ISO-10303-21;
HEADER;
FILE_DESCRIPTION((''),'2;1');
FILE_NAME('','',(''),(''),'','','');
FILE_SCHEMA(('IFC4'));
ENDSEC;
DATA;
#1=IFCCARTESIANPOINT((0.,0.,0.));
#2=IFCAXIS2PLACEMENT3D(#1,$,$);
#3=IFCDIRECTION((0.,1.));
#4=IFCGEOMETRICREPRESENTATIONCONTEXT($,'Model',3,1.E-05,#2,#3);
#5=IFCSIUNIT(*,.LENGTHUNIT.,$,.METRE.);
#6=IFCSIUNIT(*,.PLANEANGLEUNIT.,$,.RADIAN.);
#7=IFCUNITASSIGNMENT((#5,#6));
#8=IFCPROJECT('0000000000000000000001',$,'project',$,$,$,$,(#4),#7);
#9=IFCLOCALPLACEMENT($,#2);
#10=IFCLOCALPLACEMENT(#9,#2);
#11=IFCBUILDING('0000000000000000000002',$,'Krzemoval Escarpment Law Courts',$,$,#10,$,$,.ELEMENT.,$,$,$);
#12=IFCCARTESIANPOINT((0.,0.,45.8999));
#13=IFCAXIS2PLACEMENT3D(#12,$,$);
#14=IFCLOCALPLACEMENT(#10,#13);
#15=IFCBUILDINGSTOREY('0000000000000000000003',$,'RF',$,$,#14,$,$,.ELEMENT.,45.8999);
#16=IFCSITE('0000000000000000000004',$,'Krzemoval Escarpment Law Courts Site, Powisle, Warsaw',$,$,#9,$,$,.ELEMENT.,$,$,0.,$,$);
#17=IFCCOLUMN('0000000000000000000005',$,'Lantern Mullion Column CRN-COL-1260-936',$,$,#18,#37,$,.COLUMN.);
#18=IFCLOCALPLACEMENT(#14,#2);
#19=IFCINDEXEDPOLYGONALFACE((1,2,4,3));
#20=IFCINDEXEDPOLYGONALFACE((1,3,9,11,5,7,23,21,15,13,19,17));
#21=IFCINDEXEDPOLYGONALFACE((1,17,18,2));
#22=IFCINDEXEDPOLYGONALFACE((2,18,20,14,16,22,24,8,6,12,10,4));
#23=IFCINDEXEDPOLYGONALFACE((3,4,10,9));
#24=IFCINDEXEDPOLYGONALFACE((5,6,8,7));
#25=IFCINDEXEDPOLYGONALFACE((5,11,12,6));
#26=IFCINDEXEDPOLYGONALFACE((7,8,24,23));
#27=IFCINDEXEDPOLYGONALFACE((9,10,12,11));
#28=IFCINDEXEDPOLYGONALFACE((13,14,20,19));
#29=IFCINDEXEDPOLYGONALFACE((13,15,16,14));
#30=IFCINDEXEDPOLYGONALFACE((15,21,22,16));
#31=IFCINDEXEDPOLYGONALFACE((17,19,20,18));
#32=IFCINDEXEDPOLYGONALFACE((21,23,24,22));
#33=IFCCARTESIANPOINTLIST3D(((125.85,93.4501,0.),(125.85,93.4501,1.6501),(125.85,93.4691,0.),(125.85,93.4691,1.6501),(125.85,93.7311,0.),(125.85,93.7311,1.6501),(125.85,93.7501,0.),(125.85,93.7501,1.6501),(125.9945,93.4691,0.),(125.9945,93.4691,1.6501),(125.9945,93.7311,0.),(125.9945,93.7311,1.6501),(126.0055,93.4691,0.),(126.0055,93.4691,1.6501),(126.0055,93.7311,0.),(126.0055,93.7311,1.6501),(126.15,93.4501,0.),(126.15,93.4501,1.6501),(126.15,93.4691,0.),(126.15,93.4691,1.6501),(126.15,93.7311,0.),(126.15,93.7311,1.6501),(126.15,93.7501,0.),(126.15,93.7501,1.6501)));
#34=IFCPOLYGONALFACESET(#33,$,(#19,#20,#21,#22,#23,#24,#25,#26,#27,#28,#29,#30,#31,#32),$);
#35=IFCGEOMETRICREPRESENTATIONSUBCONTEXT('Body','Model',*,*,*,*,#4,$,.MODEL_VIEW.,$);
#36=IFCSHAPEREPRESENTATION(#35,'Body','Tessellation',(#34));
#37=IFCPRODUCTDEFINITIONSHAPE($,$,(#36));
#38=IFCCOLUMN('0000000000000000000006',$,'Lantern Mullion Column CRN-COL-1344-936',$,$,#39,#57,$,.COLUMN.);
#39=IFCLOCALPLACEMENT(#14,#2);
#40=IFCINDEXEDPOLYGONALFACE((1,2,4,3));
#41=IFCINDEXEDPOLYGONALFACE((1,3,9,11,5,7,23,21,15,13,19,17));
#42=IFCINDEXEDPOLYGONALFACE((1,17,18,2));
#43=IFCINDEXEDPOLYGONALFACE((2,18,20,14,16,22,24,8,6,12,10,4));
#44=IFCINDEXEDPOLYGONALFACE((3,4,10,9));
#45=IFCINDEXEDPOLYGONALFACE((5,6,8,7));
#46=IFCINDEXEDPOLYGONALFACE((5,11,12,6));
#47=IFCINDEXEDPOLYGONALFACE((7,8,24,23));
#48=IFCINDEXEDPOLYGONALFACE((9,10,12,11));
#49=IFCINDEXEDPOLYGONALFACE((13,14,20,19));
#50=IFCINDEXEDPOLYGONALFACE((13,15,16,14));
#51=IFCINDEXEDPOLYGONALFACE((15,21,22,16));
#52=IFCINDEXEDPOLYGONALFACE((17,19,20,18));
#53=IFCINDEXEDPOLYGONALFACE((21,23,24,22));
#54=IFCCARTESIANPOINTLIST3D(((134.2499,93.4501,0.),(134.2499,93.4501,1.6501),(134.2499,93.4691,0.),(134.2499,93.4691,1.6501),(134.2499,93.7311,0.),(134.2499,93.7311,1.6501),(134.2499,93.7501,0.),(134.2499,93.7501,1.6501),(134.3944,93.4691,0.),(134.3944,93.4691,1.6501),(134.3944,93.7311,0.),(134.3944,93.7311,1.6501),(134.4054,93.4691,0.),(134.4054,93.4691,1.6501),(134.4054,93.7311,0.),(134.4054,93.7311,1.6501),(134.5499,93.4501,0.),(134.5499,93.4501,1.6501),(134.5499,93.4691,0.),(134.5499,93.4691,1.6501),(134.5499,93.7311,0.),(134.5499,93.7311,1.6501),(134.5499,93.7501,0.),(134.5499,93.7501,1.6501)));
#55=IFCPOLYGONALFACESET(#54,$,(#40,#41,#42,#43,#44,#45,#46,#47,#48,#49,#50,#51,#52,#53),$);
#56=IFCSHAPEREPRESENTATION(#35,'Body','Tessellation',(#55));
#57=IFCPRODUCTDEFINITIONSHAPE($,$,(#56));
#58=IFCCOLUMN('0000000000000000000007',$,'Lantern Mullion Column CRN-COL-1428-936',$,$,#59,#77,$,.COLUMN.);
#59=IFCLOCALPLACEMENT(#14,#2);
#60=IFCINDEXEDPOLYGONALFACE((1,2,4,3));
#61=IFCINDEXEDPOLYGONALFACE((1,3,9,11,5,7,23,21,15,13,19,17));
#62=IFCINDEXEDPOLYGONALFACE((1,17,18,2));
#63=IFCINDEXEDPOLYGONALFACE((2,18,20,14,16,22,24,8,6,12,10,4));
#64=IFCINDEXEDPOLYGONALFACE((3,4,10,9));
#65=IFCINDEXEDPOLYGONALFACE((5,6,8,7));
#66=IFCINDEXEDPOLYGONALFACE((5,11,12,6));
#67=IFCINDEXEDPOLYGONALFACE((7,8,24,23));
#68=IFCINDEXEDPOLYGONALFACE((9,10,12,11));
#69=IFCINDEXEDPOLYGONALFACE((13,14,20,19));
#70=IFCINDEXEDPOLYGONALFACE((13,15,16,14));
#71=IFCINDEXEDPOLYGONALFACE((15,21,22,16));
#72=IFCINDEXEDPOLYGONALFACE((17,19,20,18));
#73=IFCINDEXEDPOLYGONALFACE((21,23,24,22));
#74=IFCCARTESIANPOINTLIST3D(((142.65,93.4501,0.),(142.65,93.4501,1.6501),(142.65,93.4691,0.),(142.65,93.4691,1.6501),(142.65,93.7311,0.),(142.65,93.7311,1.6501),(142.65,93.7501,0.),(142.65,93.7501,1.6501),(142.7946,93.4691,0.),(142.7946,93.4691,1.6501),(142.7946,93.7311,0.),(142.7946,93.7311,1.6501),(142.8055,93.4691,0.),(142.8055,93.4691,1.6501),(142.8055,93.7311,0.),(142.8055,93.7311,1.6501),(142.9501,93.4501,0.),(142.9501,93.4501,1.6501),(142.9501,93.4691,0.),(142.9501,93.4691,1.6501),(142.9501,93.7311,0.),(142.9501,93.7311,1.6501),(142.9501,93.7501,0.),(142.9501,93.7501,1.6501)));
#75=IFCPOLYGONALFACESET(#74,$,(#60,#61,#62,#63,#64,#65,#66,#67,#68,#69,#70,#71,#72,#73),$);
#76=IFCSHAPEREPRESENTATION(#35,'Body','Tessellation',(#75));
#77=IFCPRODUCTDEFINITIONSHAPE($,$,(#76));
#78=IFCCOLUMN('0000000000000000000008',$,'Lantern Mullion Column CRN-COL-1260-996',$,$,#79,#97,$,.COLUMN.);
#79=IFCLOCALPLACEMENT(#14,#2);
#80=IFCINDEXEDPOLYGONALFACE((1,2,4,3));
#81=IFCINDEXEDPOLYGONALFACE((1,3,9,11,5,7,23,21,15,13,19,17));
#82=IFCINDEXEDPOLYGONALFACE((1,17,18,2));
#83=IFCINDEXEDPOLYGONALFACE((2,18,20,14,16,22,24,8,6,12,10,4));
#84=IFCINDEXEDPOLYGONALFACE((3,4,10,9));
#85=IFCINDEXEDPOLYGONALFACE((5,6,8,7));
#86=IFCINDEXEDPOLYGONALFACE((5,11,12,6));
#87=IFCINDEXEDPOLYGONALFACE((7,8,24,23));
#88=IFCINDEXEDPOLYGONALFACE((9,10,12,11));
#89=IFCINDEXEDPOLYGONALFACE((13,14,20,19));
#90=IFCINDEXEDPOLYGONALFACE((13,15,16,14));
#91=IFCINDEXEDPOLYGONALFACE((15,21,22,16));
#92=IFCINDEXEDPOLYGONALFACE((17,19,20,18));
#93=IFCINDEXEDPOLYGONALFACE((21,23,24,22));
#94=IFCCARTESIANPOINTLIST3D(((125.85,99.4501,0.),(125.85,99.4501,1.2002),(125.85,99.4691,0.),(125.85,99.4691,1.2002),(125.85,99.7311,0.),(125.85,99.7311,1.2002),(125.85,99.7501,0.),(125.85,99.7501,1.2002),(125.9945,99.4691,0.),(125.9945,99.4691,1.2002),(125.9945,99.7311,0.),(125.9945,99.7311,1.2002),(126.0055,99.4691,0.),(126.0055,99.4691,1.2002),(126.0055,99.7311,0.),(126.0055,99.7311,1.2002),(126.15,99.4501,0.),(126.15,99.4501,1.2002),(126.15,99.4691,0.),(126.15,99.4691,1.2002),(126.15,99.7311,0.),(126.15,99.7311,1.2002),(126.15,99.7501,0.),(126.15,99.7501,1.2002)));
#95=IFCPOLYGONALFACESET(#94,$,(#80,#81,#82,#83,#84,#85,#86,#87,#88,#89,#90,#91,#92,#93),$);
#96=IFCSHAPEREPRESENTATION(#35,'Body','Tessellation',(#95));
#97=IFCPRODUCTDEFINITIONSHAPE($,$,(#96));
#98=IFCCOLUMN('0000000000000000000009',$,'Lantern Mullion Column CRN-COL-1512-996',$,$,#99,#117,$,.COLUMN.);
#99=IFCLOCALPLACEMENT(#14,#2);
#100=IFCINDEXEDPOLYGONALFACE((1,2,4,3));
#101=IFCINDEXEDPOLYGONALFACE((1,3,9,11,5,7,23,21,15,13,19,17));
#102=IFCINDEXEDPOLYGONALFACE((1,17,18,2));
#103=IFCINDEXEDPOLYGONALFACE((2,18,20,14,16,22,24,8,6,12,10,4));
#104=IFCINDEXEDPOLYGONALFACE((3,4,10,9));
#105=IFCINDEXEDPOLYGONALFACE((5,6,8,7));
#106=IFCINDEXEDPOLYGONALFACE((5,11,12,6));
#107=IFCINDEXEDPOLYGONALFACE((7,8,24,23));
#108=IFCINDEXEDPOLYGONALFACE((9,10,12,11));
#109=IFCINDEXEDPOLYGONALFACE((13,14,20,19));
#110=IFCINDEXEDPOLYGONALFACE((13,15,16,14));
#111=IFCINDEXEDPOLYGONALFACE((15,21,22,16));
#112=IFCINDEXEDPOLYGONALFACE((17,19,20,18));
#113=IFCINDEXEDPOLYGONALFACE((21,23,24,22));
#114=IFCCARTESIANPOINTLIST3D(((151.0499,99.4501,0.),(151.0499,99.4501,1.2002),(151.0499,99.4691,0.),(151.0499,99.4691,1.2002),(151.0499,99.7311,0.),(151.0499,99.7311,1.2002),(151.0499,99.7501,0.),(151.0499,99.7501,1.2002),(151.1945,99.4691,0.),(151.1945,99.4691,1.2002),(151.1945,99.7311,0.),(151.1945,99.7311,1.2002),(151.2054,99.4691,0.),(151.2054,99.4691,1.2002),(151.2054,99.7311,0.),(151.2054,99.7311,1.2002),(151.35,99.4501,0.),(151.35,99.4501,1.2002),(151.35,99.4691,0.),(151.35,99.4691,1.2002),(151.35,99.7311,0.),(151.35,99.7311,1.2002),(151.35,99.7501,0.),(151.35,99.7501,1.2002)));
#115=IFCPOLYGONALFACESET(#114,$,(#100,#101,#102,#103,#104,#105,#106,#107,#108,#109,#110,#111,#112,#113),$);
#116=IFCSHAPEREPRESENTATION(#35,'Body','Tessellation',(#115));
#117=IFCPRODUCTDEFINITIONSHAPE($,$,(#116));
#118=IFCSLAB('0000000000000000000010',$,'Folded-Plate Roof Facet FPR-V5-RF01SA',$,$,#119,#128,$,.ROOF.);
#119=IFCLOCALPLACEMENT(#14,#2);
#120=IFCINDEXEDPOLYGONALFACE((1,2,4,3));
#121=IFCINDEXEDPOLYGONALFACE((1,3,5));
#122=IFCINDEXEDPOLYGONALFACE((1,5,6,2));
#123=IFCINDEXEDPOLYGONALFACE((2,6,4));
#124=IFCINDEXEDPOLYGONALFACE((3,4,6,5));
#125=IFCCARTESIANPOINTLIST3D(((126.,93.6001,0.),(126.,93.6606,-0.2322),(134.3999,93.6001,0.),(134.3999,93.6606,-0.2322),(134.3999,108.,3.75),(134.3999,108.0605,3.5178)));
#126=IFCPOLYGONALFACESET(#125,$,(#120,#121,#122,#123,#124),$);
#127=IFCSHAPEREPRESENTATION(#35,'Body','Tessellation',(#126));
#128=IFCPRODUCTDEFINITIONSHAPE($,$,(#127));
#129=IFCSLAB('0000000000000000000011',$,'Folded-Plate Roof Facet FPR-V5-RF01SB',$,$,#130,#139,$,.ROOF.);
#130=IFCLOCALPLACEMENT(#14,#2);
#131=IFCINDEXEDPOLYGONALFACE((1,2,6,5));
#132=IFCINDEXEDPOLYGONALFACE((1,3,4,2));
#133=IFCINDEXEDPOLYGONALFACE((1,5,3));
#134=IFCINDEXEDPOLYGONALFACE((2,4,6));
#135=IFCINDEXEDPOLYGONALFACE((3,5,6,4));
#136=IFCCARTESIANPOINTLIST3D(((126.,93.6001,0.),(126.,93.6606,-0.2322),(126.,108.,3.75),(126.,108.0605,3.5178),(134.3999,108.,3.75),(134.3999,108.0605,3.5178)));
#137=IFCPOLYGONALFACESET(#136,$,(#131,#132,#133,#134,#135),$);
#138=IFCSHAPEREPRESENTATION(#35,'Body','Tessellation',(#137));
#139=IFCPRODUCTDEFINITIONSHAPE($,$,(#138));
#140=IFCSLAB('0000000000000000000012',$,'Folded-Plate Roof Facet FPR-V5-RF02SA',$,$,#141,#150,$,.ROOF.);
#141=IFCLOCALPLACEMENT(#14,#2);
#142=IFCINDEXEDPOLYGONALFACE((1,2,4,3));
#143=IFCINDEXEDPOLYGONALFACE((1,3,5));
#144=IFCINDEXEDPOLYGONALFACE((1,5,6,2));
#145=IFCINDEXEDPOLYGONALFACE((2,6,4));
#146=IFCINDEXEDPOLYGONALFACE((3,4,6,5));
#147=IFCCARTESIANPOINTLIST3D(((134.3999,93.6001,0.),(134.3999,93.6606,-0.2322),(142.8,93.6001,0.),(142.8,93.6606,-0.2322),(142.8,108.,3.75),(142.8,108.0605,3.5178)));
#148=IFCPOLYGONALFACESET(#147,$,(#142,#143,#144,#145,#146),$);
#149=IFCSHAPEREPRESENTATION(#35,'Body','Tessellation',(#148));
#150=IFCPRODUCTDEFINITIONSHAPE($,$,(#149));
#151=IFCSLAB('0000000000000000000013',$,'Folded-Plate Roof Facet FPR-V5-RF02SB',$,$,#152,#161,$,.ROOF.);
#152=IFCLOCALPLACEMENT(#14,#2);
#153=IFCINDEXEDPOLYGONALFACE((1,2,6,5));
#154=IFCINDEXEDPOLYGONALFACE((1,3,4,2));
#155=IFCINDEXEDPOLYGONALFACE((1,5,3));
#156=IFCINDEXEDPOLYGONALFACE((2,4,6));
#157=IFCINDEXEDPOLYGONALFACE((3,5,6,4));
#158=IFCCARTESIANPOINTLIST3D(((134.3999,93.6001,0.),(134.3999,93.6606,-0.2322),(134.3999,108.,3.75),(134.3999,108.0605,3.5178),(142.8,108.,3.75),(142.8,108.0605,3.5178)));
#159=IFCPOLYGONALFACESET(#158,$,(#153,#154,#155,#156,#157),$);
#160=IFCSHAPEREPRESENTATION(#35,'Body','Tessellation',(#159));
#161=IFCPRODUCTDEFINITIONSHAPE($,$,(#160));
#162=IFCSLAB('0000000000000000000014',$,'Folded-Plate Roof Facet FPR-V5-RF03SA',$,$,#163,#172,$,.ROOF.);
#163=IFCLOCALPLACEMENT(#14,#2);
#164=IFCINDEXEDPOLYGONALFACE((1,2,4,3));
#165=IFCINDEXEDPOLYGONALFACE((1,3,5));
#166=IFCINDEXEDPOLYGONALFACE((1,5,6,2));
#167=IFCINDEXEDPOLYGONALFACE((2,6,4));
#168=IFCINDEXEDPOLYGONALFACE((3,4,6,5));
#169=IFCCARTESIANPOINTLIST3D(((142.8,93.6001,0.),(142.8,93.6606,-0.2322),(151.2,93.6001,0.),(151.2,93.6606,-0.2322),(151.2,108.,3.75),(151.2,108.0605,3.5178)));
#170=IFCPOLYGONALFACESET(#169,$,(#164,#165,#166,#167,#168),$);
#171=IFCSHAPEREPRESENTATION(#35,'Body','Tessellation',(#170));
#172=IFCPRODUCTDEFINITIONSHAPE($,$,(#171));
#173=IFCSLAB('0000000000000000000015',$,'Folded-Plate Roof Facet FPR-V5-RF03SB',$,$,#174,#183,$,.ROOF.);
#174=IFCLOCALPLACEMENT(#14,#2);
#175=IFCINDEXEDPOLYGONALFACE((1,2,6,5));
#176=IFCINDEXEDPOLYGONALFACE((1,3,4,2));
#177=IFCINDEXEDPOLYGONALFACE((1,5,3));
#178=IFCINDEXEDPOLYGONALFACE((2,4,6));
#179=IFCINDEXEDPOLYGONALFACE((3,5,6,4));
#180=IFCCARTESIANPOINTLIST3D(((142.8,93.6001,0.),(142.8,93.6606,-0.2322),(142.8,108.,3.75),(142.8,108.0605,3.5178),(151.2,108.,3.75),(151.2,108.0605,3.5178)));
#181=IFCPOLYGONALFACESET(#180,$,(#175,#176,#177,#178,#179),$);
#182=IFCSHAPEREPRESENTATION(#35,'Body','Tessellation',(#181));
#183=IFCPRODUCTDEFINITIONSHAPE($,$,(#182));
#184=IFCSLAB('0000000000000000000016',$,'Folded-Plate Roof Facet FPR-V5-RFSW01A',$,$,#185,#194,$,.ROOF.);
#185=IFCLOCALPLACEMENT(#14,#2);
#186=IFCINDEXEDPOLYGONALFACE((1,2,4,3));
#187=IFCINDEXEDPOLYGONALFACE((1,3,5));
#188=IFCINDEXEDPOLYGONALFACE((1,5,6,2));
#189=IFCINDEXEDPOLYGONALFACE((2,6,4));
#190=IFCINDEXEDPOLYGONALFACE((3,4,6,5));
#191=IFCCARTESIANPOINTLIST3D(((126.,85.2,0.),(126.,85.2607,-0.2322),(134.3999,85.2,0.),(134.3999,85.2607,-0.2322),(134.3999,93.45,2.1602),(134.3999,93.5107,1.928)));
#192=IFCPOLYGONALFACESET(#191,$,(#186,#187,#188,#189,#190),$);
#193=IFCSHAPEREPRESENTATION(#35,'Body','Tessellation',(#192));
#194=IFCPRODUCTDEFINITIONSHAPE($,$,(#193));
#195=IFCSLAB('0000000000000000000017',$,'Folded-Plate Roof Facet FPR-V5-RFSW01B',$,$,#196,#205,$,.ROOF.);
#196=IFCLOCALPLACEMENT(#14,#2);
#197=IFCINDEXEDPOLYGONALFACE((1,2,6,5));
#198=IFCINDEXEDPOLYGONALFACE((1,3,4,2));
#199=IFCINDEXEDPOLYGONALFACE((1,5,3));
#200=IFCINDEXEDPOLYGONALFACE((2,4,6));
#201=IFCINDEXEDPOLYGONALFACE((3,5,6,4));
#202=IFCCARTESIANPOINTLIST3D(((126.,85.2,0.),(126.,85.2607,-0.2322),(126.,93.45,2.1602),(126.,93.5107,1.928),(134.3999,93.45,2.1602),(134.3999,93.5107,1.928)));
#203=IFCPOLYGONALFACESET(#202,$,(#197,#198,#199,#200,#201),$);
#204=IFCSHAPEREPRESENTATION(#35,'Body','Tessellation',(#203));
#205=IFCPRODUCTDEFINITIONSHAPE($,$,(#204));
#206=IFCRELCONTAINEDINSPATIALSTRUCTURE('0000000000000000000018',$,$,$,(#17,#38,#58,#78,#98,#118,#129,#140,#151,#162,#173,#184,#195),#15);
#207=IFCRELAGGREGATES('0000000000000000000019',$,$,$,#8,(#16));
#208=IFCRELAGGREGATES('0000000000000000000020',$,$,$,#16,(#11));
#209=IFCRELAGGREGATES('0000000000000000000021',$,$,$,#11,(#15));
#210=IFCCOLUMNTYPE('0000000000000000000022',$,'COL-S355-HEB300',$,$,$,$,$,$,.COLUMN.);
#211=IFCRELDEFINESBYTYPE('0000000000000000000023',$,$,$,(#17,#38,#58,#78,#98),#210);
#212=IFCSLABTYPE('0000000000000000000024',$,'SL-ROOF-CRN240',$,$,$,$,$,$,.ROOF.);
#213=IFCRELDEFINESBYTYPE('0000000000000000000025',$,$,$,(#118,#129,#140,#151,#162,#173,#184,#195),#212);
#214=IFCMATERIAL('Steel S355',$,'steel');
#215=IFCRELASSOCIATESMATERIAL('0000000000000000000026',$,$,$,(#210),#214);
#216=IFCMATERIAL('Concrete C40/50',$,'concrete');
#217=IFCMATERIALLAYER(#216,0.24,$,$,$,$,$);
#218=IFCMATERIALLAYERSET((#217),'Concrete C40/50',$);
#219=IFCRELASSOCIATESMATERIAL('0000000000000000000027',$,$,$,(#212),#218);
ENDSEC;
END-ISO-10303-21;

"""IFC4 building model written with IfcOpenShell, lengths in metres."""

from ifc_helpers import new_model, si_unit, direction, frame, origin, origin_2d, place, context, subcontext, project, spatial, polyline, i_section, outline, extrude, material, layer, layer_set, material_profile, profile_set, type_object, element, save


model = new_model("IFC4")

# Units and contexts
model_context = context("Model", 3, precision=1e-05, world=origin(), true_north=direction((0.0, 1.0)))
body_context = subcontext(model_context, "Body", "Model", "MODEL_VIEW")
ifc_project = project(units=[si_unit("LENGTHUNIT", "METRE"), si_unit("PLANEANGLEUNIT", "RADIAN")], contexts=[model_context])

# Site, building, storey
site_placement = place(None, origin())
site = spatial("IfcSite", under=ifc_project, at=site_placement, Name="Krzemoval Escarpment Law Courts Site, Powisle, Warsaw", CompositionType="ELEMENT", RefElevation=0.0)
building_placement = place(site_placement, origin())
building = spatial("IfcBuilding", under=site, at=building_placement, Name="Krzemoval Escarpment Law Courts", CompositionType="ELEMENT")
storey_placement = place(building_placement, frame((0.0, 0.0, 45.8999)))
storey = spatial("IfcBuildingStorey", under=building, at=storey_placement, Name="RF", CompositionType="ELEMENT", Elevation=45.8999)

# Columns
ifc_material_1 = material(Name="Steel S355", Category="steel")
ifc_material_profile = material_profile(ifc_material_1, i_section(OverallWidth=0.3, OverallDepth=0.3, WebThickness=0.011, FlangeThickness=0.019, at=origin_2d()), Name="HEB 300")
ifc_profile_set = profile_set([ifc_material_profile], Name="Steel S355")
column_type = type_object("IfcColumnType", Name="COL-S355-HEB300", PredefinedType="COLUMN", material=ifc_profile_set)
for number, where, z_axis, x_axis, name in (
    (1, (126.0, 93.6001, 0.0), (0.0, 0.0, 1.0), (1.0, 0.0, 0.0), "Lantern Mullion Column CRN-COL-1260-936"),
    (2, (134.3999, 93.6001, 0.0), (0.0, 0.0, 1.0), (1.0, 0.0, 0.0), "Lantern Mullion Column CRN-COL-1344-936"),
    (3, (142.8, 93.6001, 0.0), (0.0, 0.0, 1.0), (1.0, 0.0, 0.0), "Lantern Mullion Column CRN-COL-1428-936"),
):
    element("IfcColumn", number, at=place(storey_placement, frame(where, z_axis=z_axis, x_axis=x_axis)), inside=storey, type_object=column_type, Name=name, PredefinedType="COLUMN", context=body_context, shape_type="SweptSolid", body=[
        extrude(i_section(OverallWidth=0.3, OverallDepth=0.3, WebThickness=0.011, FlangeThickness=0.019, at=origin_2d()), origin(), (0.0, 0.0, 1.0), 1.6501),
    ])
for number, where, z_axis, x_axis, name in (
    (4, (126.0, 99.6001, 0.0), (0.0, 0.0, 1.0), (1.0, 0.0, 0.0), "Lantern Mullion Column CRN-COL-1260-996"),
    (5, (151.2, 99.6001, 0.0), (0.0, 0.0, 1.0), (1.0, 0.0, 0.0), "Lantern Mullion Column CRN-COL-1512-996"),
):
    element("IfcColumn", number, at=place(storey_placement, frame(where, z_axis=z_axis, x_axis=x_axis)), inside=storey, type_object=column_type, Name=name, PredefinedType="COLUMN", context=body_context, shape_type="SweptSolid", body=[
        extrude(i_section(OverallWidth=0.3, OverallDepth=0.3, WebThickness=0.011, FlangeThickness=0.019, at=origin_2d()), origin(), (0.0, 0.0, 1.0), 1.2002),
    ])

# Slabs
ifc_material_2 = material(Name="Concrete C40/50", Category="concrete")
ifc_layer_1 = layer(ifc_material_2, 0.24)
ifc_layer_set_1 = layer_set([ifc_layer_1], Name="Concrete C40/50")
slab_type = type_object("IfcSlabType", Name="SL-ROOF-CRN240", PredefinedType="ROOF", material=ifc_layer_set_1)
slab_1_placement = place(storey_placement, frame((126.0, 93.6001, 0.0), z_axis=(0.0, -0.252013, 0.967724), x_axis=(1.0, 0.0, 0.0)))
element("IfcSlab", 6, at=slab_1_placement, inside=storey, type_object=slab_type, Name="Folded-Plate Roof Facet FPR-V5-RF01SA", PredefinedType="ROOF", context=body_context, shape_type="SweptSolid", body=[
    extrude(outline(polyline([(0.0, 0.0), (8.3999, 0.0), (8.3999, 14.8802), (0.0, 0.0)])), origin(), (0.0, 0.0, -1.0), 0.24),
])
slab_2_placement = place(storey_placement, frame((126.0, 93.6001, 0.0), z_axis=(0.0, -0.252013, 0.967724), x_axis=(0.491586, 0.842722, 0.21946)))
element("IfcSlab", 7, at=slab_2_placement, inside=storey, type_object=slab_type, Name="Folded-Plate Roof Facet FPR-V5-RF01SB", PredefinedType="ROOF", context=body_context, shape_type="SweptSolid", body=[
    extrude(outline(polyline([(0.0, 0.0), (17.0874, 0.0), (12.9581, 7.3149), (0.0, 0.0)])), origin(), (0.0, 0.0, -1.0), 0.24),
])
slab_3_placement = place(storey_placement, frame((134.3999, 93.6001, 0.0), z_axis=(0.0, -0.252013, 0.967724), x_axis=(1.0, 0.0, 0.0)))
element("IfcSlab", 8, at=slab_3_placement, inside=storey, type_object=slab_type, Name="Folded-Plate Roof Facet FPR-V5-RF02SA", PredefinedType="ROOF", context=body_context, shape_type="SweptSolid", body=[
    extrude(outline(polyline([(0.0, 0.0), (8.4001, 0.0), (8.4001, 14.8802), (0.0, 0.0)])), origin(), (0.0, 0.0, -1.0), 0.24),
])
slab_4_placement = place(storey_placement, frame((134.3999, 93.6001, 0.0), z_axis=(0.0, -0.252013, 0.967724), x_axis=(0.491596, 0.842716, 0.219459)))
element("IfcSlab", 9, at=slab_4_placement, inside=storey, type_object=slab_type, Name="Folded-Plate Roof Facet FPR-V5-RF02SB", PredefinedType="ROOF", context=body_context, shape_type="SweptSolid", body=[
    extrude(outline(polyline([(0.0, 0.0), (17.0875, 0.0), (12.958, 7.315), (0.0, 0.0)])), origin(), (0.0, 0.0, -1.0), 0.24),
])
slab_5_placement = place(storey_placement, frame((142.8, 93.6001, 0.0), z_axis=(0.0, -0.252013, 0.967724), x_axis=(1.0, 0.0, 0.0)))
element("IfcSlab", 10, at=slab_5_placement, inside=storey, type_object=slab_type, Name="Folded-Plate Roof Facet FPR-V5-RF03SA", PredefinedType="ROOF", context=body_context, shape_type="SweptSolid", body=[
    extrude(outline(polyline([(0.0, 0.0), (8.3999, 0.0), (8.3999, 14.8802), (0.0, 0.0)])), origin(), (0.0, 0.0, -1.0), 0.24),
])
slab_6_placement = place(storey_placement, frame((142.8, 93.6001, 0.0), z_axis=(0.0, -0.252013, 0.967724), x_axis=(0.491586, 0.842722, 0.21946)))
element("IfcSlab", 11, at=slab_6_placement, inside=storey, type_object=slab_type, Name="Folded-Plate Roof Facet FPR-V5-RF03SB", PredefinedType="ROOF", context=body_context, shape_type="SweptSolid", body=[
    extrude(outline(polyline([(0.0, 0.0), (17.0874, 0.0), (12.9581, 7.3149), (0.0, 0.0)])), origin(), (0.0, 0.0, -1.0), 0.24),
])
slab_7_placement = place(storey_placement, frame((126.0, 85.2, 0.0), z_axis=(0.0, -0.253298, 0.967388), x_axis=(1.0, 0.0, 0.0)))
element("IfcSlab", 12, at=slab_7_placement, inside=storey, type_object=slab_type, Name="Folded-Plate Roof Facet FPR-V5-RFSW01A", PredefinedType="ROOF", context=body_context, shape_type="SweptSolid", body=[
    extrude(outline(polyline([(0.0, 0.0), (8.3999, 0.0), (8.3999, 8.5281), (0.0, 0.0)])), origin(), (0.0, 0.0, -1.0), 0.24),
])
slab_8_placement = place(storey_placement, frame((126.0, 85.2, 0.0), z_axis=(0.0, -0.253298, 0.967388), x_axis=(0.701731, 0.689208, 0.18046)))
element("IfcSlab", 13, at=slab_8_placement, inside=storey, type_object=slab_type, Name="Folded-Plate Roof Facet FPR-V5-RFSW01B", PredefinedType="ROOF", context=body_context, shape_type="SweptSolid", body=[
    extrude(outline(polyline([(0.0, 0.0), (11.9703, 0.0), (6.0758, 5.9844), (0.0, 0.0)])), origin(), (0.0, 0.0, -1.0), 0.24),
])

save(model, "model.ifc")
